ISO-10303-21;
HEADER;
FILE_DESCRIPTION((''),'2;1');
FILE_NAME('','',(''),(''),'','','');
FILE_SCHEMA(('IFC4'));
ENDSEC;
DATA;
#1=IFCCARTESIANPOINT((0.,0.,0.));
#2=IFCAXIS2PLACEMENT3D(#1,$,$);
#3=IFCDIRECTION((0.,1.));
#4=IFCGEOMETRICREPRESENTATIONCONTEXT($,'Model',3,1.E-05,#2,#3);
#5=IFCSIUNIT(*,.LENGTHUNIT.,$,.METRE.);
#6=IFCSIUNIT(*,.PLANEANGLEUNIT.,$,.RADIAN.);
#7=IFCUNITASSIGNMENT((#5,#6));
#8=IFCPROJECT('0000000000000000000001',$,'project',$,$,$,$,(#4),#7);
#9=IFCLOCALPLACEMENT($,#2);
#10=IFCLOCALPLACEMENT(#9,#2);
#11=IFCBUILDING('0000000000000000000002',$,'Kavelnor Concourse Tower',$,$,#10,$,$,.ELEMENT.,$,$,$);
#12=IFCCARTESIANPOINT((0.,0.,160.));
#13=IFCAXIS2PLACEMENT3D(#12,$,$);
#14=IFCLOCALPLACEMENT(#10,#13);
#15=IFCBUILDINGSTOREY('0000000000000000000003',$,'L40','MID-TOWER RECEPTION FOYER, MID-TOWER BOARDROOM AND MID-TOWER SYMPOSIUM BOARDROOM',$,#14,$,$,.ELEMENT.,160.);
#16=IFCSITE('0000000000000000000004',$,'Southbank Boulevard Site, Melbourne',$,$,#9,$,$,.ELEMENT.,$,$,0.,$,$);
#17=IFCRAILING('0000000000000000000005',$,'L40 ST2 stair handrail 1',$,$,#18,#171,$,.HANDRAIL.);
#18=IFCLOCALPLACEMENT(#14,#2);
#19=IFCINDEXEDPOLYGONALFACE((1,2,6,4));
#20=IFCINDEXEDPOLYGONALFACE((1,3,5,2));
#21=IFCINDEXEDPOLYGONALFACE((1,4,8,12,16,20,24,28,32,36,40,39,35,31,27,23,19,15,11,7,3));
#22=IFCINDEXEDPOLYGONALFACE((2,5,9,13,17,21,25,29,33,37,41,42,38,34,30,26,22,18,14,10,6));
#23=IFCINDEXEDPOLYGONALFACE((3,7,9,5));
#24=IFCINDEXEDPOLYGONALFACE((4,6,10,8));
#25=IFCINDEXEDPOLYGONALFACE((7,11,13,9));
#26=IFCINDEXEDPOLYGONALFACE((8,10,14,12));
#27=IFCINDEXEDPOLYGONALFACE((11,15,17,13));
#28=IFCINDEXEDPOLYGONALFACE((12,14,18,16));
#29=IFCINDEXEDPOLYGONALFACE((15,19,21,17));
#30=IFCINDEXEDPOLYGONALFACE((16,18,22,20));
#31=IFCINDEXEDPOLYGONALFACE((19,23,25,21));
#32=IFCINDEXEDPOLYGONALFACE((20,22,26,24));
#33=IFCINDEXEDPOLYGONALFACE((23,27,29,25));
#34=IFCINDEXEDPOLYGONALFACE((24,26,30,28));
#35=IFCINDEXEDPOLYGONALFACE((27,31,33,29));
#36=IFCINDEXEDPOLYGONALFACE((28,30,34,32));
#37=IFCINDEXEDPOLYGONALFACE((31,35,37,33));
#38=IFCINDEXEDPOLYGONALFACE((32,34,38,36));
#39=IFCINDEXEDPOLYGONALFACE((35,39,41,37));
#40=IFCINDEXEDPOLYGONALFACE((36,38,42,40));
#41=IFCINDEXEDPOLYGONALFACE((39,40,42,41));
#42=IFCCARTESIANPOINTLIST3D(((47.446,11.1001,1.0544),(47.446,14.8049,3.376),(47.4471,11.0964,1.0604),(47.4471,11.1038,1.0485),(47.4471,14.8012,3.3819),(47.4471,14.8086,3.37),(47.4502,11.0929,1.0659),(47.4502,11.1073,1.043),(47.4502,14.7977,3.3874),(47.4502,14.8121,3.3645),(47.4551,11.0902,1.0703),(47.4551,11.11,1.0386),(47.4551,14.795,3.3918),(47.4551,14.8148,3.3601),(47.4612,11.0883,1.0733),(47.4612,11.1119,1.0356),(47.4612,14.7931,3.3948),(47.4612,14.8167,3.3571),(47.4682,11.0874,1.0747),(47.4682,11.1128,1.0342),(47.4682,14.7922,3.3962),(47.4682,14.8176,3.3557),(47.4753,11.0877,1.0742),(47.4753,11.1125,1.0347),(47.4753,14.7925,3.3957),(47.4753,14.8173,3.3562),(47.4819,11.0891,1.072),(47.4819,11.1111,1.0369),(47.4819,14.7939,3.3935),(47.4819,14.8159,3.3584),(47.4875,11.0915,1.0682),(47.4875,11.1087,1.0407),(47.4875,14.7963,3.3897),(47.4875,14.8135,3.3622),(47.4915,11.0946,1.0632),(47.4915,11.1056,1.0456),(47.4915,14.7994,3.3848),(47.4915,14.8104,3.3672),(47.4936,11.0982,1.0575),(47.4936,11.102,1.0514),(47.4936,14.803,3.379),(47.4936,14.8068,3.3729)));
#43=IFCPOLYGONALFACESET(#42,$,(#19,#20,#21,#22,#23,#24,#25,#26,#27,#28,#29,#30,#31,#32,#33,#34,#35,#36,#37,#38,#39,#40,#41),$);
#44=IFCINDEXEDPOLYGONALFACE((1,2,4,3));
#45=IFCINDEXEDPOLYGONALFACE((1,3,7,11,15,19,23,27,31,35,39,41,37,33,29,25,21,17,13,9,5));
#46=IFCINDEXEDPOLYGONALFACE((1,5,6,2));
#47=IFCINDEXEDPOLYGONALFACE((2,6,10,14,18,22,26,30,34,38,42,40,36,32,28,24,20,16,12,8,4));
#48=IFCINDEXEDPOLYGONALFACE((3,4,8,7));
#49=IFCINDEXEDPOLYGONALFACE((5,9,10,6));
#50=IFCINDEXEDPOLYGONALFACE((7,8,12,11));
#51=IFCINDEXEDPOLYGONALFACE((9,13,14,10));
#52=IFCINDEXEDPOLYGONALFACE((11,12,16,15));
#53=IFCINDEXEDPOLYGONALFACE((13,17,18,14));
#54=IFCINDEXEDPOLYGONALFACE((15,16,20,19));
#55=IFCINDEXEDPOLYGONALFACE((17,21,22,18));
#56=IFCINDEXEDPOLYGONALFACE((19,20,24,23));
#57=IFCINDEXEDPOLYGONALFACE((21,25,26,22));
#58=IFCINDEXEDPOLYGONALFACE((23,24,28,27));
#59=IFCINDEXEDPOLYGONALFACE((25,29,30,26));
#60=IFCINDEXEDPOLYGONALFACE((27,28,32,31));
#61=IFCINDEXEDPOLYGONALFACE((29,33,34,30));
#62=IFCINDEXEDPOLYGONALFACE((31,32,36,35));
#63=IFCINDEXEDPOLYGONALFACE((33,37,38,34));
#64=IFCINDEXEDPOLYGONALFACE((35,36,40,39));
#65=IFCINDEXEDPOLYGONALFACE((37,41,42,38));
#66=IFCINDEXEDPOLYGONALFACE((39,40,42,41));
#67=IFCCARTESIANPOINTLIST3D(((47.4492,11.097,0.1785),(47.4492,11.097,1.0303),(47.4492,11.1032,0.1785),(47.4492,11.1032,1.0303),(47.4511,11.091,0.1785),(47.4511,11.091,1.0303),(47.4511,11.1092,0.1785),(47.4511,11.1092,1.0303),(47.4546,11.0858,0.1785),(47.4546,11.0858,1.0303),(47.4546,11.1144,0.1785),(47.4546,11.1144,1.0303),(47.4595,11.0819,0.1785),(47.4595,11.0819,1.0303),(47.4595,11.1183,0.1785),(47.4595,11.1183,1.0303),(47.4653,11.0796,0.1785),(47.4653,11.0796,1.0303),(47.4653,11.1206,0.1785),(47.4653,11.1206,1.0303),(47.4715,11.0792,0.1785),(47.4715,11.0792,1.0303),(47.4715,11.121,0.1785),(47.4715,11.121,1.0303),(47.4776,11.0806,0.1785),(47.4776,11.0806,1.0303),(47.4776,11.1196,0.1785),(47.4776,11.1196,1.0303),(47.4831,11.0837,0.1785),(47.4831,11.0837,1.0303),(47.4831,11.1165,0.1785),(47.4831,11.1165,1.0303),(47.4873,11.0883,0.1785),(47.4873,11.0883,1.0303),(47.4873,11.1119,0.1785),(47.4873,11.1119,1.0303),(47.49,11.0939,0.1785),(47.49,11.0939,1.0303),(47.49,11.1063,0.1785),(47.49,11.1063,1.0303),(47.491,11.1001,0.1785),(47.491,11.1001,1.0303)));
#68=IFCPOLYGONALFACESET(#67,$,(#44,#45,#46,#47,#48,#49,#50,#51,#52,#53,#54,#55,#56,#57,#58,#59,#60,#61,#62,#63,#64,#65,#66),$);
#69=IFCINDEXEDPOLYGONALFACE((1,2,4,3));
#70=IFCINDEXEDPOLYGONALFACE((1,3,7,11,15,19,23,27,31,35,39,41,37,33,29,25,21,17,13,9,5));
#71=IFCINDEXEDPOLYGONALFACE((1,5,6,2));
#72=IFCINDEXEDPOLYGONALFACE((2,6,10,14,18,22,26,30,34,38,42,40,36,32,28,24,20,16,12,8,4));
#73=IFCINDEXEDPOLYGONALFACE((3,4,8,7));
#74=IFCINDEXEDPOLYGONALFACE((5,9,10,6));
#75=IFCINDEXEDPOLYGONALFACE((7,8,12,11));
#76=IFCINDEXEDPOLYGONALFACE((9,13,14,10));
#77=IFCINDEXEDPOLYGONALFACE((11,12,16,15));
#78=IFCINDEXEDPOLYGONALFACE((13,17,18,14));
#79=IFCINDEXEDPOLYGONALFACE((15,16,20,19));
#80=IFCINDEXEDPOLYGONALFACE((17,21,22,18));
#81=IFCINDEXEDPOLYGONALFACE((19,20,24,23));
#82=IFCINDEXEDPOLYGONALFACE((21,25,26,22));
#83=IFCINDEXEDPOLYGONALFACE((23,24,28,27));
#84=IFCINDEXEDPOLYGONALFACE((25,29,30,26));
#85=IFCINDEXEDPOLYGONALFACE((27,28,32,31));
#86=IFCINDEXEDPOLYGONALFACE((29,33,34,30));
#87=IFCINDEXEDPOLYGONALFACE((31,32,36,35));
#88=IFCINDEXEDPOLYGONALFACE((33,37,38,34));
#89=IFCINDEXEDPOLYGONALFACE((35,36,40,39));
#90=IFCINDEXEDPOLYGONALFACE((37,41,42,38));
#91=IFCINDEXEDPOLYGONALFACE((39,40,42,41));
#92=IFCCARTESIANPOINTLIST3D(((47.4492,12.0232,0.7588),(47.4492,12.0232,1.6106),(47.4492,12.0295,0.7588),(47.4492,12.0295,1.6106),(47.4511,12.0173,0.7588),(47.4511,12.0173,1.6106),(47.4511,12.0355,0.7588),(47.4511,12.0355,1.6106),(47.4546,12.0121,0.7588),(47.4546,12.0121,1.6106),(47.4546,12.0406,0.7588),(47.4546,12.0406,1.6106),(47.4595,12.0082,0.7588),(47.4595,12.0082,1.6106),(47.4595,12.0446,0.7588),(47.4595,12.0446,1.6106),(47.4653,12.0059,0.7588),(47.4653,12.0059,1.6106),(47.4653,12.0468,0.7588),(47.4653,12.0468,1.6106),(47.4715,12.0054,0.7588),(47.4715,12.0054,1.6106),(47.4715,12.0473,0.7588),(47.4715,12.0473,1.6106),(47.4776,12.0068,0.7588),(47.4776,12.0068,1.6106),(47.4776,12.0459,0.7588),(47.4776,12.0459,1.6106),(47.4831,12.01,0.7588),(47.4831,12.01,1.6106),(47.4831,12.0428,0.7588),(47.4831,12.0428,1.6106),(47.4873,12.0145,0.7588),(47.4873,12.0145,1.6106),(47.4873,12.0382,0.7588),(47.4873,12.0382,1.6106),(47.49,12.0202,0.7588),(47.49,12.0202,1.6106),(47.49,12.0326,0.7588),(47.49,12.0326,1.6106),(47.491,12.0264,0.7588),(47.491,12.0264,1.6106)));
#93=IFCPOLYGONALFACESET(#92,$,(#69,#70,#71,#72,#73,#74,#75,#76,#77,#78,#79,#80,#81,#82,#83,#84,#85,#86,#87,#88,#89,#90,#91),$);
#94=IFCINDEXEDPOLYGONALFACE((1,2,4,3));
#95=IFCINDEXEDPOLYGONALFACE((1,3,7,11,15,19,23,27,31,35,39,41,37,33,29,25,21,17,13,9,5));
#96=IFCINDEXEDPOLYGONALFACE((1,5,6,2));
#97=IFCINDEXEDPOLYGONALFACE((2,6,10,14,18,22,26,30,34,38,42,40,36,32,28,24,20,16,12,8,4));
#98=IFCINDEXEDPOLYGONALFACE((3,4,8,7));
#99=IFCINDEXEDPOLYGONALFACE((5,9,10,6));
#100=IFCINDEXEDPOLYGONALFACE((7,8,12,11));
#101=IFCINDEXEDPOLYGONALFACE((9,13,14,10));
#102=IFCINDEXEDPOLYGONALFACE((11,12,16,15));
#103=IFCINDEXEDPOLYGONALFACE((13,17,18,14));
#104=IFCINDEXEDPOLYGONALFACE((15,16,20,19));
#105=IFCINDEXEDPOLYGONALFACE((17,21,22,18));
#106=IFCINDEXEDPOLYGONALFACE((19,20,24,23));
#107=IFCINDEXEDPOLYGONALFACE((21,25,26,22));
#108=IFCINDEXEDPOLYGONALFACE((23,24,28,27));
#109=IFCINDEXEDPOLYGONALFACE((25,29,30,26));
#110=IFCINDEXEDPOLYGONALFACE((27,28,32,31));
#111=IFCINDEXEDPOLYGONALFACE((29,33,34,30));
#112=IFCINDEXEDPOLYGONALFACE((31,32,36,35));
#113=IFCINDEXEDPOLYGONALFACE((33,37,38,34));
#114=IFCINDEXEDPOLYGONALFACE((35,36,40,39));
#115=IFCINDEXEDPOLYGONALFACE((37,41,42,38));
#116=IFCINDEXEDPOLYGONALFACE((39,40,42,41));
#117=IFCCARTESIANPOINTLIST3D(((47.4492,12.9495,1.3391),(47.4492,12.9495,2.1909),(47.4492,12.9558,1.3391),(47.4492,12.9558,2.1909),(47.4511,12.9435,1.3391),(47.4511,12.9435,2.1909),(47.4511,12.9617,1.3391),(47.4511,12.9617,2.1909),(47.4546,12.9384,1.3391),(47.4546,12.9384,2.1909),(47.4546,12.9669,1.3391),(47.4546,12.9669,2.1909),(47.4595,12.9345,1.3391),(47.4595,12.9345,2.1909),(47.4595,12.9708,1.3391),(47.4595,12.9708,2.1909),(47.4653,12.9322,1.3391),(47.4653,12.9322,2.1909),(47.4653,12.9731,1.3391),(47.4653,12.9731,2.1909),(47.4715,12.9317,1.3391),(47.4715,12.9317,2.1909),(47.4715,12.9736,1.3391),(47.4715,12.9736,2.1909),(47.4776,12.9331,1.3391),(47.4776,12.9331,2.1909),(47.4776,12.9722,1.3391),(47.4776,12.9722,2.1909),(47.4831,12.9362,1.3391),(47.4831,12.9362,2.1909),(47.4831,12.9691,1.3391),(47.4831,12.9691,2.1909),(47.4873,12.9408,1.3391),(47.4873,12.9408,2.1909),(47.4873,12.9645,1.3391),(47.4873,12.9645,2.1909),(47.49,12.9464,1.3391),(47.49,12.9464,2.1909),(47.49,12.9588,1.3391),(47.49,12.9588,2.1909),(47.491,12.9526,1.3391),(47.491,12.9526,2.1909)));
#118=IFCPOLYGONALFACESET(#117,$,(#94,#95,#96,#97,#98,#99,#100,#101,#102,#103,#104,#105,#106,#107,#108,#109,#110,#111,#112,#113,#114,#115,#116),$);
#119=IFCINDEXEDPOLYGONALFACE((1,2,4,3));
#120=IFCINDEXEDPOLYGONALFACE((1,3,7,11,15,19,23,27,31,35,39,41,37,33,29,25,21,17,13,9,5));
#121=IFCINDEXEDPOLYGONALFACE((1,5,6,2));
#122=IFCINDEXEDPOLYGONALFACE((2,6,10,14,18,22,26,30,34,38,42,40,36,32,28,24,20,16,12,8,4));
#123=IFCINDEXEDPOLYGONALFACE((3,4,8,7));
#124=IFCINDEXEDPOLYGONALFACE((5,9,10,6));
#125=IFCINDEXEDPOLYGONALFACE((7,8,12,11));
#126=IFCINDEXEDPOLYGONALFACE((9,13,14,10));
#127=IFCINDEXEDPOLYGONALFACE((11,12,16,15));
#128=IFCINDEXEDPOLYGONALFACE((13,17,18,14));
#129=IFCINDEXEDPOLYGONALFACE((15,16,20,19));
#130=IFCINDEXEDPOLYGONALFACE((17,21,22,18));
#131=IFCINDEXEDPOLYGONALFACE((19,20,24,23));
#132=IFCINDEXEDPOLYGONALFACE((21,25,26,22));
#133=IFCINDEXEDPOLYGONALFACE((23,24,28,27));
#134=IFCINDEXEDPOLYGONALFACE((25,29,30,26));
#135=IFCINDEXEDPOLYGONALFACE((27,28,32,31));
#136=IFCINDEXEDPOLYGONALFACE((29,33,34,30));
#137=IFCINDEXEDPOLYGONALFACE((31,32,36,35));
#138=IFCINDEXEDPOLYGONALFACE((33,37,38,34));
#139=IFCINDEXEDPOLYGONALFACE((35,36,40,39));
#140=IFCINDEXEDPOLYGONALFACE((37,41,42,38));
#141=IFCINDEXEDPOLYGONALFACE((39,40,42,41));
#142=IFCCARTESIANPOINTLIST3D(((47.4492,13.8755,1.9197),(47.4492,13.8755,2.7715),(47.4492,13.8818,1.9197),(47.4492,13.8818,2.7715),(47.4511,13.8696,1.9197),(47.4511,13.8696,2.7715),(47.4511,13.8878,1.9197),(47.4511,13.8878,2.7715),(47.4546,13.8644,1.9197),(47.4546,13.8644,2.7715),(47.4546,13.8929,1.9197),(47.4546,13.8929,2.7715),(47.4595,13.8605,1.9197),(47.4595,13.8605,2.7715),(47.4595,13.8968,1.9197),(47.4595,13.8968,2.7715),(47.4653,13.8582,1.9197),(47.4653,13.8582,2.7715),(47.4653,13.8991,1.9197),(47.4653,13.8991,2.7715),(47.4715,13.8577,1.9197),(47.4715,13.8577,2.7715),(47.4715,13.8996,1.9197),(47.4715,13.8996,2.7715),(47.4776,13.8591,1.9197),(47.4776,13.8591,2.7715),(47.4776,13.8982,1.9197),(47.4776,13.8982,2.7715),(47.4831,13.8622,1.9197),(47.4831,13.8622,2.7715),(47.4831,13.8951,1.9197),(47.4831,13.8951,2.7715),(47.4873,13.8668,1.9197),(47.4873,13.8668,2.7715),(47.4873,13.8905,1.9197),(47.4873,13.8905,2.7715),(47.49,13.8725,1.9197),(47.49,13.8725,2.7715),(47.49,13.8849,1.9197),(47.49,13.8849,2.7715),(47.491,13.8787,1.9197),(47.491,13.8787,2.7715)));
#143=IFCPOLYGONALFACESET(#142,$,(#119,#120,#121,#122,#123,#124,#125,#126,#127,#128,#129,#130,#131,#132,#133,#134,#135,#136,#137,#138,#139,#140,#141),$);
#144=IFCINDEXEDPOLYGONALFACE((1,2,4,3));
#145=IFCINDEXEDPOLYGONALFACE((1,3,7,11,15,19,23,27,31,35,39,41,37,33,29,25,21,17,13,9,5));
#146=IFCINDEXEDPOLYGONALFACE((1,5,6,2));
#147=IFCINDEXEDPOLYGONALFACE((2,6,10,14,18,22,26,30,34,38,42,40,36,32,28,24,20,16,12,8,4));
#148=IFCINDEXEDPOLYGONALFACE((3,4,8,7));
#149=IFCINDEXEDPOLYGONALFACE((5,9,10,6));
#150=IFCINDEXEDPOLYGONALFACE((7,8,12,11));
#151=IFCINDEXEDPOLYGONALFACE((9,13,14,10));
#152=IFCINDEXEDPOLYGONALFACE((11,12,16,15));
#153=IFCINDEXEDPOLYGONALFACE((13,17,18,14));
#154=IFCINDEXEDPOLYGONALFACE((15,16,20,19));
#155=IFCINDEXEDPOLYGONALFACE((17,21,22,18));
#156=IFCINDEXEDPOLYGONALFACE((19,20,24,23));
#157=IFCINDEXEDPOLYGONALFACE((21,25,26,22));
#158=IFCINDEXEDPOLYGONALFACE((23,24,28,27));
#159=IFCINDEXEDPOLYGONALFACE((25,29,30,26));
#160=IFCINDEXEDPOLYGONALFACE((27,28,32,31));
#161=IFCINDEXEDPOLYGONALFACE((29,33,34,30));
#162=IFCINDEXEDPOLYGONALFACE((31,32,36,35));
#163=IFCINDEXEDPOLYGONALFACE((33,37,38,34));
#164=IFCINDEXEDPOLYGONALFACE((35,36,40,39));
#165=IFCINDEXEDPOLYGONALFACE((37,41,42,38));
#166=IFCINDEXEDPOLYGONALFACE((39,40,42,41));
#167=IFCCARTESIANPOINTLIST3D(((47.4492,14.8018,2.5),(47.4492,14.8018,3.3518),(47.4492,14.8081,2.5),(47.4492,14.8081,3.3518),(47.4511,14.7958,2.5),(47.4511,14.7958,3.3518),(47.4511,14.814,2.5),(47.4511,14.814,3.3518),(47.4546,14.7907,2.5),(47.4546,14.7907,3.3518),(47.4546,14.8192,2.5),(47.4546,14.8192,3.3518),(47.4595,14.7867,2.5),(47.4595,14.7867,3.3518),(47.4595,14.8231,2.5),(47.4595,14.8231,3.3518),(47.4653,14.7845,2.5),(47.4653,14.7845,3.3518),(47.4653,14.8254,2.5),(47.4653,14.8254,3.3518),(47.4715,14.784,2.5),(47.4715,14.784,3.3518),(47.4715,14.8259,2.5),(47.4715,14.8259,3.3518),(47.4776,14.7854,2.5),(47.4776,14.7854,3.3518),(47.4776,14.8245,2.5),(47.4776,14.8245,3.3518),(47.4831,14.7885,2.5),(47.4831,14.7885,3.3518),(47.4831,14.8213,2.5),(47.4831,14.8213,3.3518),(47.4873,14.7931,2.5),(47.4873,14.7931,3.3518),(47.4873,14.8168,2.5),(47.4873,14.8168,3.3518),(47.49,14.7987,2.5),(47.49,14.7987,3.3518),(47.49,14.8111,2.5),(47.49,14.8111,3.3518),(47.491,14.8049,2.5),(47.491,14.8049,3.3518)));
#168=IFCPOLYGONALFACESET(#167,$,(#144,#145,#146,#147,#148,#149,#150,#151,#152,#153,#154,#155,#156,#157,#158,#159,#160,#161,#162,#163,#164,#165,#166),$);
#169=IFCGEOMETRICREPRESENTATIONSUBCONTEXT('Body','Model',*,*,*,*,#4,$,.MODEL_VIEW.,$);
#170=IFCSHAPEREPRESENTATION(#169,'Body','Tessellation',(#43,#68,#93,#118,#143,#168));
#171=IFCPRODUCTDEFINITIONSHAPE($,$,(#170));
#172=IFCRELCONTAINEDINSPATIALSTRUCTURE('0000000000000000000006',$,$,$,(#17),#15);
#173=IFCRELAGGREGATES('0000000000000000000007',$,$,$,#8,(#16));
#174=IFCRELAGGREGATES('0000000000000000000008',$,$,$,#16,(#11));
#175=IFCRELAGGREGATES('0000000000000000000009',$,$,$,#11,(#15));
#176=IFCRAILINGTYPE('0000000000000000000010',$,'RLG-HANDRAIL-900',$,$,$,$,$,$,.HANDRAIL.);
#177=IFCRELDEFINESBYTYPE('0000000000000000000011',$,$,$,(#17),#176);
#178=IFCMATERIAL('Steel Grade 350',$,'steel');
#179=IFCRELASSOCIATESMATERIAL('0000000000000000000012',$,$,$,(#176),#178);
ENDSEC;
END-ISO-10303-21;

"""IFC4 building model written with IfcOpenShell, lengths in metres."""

from ifc_helpers import new_model, si_unit, direction, frame, origin, origin_2d, place, context, subcontext, project, spatial, circle, extrude, material, type_object, element, save


model = new_model("IFC4")

# Units and contexts
model_context = context("Model", 3, precision=1e-05, world=origin(), true_north=direction((0.0, 1.0)))
body_context = subcontext(model_context, "Body", "Model", "MODEL_VIEW")
ifc_project = project(units=[si_unit("LENGTHUNIT", "METRE"), si_unit("PLANEANGLEUNIT", "RADIAN")], contexts=[model_context])

# Site, building, storey
site_placement = place(None, origin())
site = spatial("IfcSite", under=ifc_project, at=site_placement, Name="Southbank Boulevard Site, Melbourne", CompositionType="ELEMENT", RefElevation=0.0)
building_placement = place(site_placement, origin())
building = spatial("IfcBuilding", under=site, at=building_placement, Name="Kavelnor Concourse Tower", CompositionType="ELEMENT")
storey_placement = place(building_placement, frame((0.0, 0.0, 160.0)))
storey = spatial("IfcBuildingStorey", under=building, at=storey_placement, Name="L40", Description="MID-TOWER RECEPTION FOYER, MID-TOWER BOARDROOM AND MID-TOWER SYMPOSIUM BOARDROOM", CompositionType="ELEMENT", Elevation=160.0)

# Shared definitions
ifc_material_1 = material(Name="Steel Grade 350", Category="steel")

# Railing
railing_type_1 = type_object("IfcRailingType", Name="RLG-HANDRAIL-900", PredefinedType="HANDRAIL", material=ifc_material_1)
railing_1_placement = place(storey_placement, frame((47.47, 11.1001, 0.1785)))
element("IfcRailing", 1, at=railing_1_placement, inside=storey, type_object=railing_type_1, Name="L40 ST2 stair handrail 1", PredefinedType="HANDRAIL", context=body_context, shape_type="SweptSolid", body=[
    extrude(circle(Radius=0.0239, at=origin_2d()), frame((0.0, 0.0, 0.876), z_axis=(0.0, 0.84738, 0.530987), x_axis=(-1.0, 0.0, 0.0)), (0.0, 0.0, 1.0), 4.3721),
    extrude(circle(Radius=0.021, at=origin_2d()), origin(), (0.0, 0.0, 1.0), 0.8518),
    extrude(circle(Radius=0.021, at=origin_2d()), frame((0.0, 0.9263, 0.5803)), (0.0, 0.0, 1.0), 0.8518),
    extrude(circle(Radius=0.021, at=origin_2d()), frame((0.0, 1.8525, 1.1606)), (0.0, 0.0, 1.0), 0.8518),
    extrude(circle(Radius=0.021, at=origin_2d()), frame((0.0, 2.7786, 1.7412)), (0.0, 0.0, 1.0), 0.8518),
    extrude(circle(Radius=0.021, at=origin_2d()), frame((0.0, 3.7048, 2.3215)), (0.0, 0.0, 1.0), 0.8518),
])

save(model, "model.ifc")
